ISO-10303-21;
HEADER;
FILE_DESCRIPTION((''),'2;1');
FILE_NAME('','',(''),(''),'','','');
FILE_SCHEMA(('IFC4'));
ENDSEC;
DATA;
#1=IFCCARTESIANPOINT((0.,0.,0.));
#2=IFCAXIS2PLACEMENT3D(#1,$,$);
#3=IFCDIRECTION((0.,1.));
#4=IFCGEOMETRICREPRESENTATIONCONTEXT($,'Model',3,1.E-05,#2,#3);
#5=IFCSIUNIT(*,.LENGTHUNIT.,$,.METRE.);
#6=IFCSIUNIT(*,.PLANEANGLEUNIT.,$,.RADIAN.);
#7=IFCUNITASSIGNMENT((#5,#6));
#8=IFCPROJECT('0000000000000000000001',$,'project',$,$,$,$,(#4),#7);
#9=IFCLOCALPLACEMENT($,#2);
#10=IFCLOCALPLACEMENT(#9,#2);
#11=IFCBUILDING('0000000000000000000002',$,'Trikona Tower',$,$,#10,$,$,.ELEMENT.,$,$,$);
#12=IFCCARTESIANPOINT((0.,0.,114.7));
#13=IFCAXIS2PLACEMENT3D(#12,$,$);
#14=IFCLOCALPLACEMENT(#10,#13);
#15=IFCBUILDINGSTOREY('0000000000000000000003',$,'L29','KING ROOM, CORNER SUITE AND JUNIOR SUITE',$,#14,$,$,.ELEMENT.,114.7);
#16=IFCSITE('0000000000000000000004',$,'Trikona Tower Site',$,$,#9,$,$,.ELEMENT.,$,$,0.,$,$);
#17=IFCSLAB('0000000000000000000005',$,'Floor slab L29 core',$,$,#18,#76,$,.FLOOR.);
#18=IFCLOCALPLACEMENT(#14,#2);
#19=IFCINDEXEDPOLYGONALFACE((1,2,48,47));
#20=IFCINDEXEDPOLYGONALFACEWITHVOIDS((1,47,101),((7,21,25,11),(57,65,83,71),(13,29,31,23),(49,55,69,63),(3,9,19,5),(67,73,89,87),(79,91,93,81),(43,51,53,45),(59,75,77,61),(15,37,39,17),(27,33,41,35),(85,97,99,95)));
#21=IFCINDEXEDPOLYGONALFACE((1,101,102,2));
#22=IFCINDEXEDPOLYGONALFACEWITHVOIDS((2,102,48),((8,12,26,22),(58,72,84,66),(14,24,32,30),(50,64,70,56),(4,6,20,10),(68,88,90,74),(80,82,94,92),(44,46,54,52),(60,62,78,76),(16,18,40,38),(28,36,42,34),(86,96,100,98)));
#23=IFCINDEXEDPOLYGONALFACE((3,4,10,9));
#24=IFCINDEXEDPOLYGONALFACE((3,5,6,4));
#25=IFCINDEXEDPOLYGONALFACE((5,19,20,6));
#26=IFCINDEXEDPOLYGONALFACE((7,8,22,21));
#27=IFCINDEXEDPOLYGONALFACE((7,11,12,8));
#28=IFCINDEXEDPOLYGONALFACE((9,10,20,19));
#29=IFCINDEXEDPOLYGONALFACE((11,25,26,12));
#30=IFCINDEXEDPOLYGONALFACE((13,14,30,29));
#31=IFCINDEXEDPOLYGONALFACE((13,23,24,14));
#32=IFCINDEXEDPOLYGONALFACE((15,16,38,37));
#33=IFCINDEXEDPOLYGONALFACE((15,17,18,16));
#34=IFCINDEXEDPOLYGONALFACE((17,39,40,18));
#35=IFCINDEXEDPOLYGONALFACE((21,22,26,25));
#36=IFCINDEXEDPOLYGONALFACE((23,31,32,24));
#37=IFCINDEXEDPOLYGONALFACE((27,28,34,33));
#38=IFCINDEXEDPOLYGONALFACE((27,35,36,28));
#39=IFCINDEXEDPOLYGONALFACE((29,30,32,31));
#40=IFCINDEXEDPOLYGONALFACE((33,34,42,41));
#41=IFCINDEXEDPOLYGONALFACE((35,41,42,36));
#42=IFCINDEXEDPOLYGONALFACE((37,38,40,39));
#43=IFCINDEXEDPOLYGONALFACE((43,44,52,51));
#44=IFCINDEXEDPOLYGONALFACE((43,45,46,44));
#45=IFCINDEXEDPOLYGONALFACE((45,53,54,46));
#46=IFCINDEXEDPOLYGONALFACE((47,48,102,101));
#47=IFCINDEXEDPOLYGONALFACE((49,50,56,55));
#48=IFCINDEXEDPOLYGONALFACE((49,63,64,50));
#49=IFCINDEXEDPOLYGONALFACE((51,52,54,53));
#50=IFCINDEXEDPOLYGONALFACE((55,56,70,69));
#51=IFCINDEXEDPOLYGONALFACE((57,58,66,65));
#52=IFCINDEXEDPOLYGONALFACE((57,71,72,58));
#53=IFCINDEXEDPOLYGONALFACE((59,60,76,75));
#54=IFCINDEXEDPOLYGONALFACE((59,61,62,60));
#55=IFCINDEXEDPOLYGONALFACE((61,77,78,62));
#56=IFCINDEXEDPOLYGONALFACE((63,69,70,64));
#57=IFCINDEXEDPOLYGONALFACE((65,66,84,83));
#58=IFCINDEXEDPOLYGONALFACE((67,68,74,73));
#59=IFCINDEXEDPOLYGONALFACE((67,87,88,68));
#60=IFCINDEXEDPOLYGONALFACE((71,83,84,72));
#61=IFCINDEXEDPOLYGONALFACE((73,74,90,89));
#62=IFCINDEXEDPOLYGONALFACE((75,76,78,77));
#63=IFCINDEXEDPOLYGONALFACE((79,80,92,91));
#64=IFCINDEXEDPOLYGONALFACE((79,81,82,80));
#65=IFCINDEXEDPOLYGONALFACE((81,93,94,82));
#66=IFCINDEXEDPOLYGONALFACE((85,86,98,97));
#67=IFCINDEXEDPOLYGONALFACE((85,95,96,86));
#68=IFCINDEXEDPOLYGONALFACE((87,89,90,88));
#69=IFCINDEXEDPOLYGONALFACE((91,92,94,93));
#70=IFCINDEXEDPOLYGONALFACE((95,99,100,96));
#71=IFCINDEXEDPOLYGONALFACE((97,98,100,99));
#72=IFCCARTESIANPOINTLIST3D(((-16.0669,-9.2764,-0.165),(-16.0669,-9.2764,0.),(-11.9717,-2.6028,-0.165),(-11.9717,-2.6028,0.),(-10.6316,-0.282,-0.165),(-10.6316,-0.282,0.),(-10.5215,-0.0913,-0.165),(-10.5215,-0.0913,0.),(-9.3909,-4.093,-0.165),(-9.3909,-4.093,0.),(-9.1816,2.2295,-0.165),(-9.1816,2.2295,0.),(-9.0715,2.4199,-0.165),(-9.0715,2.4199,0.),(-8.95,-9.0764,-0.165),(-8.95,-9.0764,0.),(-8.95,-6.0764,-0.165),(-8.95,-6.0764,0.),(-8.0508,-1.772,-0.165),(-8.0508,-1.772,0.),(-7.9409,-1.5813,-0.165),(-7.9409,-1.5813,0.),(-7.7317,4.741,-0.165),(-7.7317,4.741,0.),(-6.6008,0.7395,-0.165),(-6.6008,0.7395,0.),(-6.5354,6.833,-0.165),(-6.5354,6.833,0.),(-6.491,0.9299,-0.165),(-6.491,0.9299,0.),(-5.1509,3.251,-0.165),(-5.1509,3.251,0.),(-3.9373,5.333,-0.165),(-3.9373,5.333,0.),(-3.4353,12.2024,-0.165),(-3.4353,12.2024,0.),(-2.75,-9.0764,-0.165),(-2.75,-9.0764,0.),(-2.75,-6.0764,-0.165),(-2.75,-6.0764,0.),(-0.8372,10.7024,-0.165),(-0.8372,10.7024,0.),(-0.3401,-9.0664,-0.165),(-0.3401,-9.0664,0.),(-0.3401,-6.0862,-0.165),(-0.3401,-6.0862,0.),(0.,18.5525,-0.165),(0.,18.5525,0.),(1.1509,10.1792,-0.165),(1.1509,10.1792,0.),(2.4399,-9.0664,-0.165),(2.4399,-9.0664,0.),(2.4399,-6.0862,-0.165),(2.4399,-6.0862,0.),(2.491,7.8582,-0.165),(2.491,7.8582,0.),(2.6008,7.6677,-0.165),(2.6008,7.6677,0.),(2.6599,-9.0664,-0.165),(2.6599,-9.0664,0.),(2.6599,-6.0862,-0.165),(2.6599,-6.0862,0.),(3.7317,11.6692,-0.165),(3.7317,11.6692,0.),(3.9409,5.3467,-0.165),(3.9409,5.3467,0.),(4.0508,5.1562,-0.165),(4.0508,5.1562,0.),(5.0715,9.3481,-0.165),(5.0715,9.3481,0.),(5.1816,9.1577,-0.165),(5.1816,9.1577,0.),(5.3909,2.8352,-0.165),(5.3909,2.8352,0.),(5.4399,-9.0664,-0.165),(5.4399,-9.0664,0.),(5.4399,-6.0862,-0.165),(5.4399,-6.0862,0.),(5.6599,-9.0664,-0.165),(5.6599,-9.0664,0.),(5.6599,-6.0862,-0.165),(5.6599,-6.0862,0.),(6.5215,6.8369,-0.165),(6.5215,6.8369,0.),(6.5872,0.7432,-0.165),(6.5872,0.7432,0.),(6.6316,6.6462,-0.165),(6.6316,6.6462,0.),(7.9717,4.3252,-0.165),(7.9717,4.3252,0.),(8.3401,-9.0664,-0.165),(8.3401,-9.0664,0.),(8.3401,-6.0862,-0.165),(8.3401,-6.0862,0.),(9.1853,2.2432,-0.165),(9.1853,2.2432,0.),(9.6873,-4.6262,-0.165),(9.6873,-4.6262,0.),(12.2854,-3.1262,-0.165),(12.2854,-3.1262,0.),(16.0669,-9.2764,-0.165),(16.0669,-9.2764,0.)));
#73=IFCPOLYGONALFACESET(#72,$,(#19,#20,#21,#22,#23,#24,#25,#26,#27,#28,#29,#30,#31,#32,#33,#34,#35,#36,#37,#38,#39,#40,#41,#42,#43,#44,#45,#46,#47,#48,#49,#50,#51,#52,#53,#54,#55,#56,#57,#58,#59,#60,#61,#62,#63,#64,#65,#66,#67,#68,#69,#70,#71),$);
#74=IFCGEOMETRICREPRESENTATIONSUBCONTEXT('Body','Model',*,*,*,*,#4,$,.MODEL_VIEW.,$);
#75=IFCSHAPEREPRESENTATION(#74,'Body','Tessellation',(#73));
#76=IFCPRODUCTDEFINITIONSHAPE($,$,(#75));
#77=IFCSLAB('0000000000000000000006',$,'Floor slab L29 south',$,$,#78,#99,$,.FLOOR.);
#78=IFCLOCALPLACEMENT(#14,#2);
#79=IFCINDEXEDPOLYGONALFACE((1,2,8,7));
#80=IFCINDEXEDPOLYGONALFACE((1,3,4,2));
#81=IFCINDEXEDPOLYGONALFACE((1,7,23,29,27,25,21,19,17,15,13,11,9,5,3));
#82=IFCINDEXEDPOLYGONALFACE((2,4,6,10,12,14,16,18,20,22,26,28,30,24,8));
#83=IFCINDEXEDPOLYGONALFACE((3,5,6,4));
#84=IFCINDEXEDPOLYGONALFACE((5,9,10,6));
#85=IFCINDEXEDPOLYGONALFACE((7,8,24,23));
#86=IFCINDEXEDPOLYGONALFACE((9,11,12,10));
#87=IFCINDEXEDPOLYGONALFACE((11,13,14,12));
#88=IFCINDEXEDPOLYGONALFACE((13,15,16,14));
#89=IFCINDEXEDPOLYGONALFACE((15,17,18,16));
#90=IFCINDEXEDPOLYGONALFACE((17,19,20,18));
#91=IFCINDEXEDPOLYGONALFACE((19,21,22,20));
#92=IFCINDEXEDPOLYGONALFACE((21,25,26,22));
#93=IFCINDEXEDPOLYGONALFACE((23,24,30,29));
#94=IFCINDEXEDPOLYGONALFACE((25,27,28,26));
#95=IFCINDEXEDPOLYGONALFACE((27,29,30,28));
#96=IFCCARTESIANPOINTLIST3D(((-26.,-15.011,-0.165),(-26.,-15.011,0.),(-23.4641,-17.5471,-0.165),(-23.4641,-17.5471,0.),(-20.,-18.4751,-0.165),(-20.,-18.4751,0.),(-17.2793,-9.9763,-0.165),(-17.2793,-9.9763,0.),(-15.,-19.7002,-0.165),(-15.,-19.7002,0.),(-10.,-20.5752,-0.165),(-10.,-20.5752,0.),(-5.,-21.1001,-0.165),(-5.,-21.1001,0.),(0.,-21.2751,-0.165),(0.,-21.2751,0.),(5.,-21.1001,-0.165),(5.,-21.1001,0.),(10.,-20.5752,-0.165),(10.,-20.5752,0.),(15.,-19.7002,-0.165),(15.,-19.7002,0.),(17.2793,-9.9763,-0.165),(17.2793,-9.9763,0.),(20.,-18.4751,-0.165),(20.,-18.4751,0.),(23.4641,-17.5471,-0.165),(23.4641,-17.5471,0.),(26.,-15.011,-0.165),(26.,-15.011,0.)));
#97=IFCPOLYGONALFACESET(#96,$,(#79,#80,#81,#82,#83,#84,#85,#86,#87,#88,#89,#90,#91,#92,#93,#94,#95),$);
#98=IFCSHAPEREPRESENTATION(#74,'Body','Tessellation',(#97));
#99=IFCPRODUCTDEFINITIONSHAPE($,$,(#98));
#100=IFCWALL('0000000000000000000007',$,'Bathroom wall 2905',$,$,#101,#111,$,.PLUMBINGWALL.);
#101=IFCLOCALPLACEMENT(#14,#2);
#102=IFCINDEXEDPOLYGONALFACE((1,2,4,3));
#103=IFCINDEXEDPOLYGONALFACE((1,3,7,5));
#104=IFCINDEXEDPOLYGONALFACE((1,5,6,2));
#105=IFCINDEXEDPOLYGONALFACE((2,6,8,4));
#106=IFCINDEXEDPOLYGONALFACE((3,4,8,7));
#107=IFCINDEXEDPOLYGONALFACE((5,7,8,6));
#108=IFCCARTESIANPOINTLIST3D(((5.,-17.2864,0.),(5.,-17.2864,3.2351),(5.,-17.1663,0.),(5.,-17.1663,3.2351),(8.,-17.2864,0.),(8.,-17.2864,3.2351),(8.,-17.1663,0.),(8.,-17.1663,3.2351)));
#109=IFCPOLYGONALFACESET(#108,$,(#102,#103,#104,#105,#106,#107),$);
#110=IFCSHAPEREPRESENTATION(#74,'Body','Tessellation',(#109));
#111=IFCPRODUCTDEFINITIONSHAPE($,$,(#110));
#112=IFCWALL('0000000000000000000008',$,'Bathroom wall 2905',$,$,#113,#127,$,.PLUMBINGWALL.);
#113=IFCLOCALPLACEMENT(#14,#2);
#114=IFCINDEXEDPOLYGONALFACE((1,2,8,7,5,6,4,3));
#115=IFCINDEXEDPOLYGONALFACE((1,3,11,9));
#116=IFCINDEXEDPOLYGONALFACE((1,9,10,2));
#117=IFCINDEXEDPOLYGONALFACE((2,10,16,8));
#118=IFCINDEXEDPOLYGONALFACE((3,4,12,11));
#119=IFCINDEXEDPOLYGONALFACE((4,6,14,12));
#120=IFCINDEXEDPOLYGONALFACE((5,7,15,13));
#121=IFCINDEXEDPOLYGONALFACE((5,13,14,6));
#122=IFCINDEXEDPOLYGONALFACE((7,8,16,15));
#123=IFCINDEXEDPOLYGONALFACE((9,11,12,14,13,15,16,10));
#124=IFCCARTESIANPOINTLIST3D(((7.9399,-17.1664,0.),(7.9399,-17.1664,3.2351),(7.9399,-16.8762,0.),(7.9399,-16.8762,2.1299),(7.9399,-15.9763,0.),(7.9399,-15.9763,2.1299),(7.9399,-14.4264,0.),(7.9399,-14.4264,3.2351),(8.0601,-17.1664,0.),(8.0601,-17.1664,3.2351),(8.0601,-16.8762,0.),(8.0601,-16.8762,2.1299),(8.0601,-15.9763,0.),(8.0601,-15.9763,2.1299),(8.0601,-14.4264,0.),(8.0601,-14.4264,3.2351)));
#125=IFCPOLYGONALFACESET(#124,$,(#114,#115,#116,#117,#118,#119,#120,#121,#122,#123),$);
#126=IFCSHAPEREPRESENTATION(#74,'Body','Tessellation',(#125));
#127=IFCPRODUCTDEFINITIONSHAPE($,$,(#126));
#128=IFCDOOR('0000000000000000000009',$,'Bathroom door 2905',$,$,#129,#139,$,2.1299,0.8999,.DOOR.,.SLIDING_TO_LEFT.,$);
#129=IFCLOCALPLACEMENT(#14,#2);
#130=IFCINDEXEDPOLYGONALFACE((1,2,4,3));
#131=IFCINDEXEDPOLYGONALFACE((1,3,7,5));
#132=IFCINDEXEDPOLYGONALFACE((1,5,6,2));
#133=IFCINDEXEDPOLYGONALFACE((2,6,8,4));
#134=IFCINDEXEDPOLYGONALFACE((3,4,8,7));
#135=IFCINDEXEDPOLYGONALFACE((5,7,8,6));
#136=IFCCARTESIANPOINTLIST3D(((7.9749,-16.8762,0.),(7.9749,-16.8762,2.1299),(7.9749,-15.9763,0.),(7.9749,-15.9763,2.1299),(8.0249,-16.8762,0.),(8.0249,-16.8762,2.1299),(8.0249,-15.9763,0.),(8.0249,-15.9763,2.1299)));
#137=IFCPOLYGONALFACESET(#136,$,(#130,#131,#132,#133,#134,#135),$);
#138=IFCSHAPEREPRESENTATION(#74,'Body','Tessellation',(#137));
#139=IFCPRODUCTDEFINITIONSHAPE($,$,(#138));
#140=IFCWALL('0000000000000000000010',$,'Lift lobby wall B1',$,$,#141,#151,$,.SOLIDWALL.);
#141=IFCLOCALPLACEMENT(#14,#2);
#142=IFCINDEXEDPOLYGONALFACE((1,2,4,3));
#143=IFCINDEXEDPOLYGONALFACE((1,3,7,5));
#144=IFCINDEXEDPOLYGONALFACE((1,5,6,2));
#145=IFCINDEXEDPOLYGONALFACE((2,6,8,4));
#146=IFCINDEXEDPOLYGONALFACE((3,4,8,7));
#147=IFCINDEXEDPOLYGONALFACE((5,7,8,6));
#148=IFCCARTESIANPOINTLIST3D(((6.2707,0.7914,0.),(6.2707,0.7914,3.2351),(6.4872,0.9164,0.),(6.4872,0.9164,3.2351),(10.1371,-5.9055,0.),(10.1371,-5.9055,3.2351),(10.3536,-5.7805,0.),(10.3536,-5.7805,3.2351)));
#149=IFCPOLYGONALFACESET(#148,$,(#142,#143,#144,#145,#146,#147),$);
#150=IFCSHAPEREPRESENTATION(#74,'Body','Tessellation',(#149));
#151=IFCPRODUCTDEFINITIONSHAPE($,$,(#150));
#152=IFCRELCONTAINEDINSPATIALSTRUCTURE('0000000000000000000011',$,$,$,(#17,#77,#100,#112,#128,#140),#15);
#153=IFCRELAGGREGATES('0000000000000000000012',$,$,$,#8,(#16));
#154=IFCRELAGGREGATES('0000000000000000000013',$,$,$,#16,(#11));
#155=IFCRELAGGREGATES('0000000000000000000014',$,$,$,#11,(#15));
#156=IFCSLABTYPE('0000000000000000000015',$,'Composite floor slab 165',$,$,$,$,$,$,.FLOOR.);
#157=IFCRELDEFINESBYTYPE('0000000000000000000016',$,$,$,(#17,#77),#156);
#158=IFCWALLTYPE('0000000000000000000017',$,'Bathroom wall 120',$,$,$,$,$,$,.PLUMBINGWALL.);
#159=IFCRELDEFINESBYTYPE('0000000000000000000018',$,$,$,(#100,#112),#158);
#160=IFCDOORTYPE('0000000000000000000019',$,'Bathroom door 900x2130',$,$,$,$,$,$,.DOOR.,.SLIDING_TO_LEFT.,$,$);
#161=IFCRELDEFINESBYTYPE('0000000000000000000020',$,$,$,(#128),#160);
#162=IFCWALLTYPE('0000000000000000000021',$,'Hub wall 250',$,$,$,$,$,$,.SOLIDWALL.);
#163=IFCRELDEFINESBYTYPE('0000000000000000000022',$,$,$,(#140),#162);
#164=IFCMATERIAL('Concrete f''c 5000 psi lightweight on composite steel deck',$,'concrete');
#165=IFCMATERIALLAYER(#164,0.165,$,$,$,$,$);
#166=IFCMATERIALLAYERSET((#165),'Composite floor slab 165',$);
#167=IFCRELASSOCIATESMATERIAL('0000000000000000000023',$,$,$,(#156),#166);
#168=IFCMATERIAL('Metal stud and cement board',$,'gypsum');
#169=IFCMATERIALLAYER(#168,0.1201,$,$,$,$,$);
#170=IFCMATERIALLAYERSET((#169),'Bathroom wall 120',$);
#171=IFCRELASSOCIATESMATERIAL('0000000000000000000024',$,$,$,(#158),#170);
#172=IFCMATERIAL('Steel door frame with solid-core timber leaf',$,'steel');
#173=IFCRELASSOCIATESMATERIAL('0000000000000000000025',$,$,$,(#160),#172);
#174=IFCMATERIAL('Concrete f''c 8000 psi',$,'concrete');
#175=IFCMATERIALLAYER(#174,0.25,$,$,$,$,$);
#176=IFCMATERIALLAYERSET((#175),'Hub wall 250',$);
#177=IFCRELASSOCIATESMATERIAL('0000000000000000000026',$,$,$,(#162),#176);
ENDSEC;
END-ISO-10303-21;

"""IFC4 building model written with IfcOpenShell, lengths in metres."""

from ifc_helpers import new_model, si_unit, direction, frame, frame_2d, origin, place, context, subcontext, project, spatial, polyline, rectangle, outline, extrude, material, layer, layer_set, type_object, element, fill, save


model = new_model("IFC4")

# Units and contexts
model_context = context("Model", 3, precision=1e-05, world=origin(), true_north=direction((0.0, 1.0)))
body_context = subcontext(model_context, "Body", "Model", "MODEL_VIEW")
ifc_project = project(units=[si_unit("LENGTHUNIT", "METRE"), si_unit("PLANEANGLEUNIT", "RADIAN")], contexts=[model_context])

# Site, building, storey
site_placement = place(None, origin())
site = spatial("IfcSite", under=ifc_project, at=site_placement, Name="Trikona Tower Site", CompositionType="ELEMENT", RefElevation=0.0)
building_placement = place(site_placement, origin())
building = spatial("IfcBuilding", under=site, at=building_placement, Name="Trikona Tower", CompositionType="ELEMENT")
storey_placement = place(building_placement, frame((0.0, 0.0, 114.7)))
storey = spatial("IfcBuildingStorey", under=building, at=storey_placement, Name="L29", Description="KING ROOM, CORNER SUITE AND JUNIOR SUITE", CompositionType="ELEMENT", Elevation=114.7)

# Slabs
ifc_material_1 = material(Name="Concrete f'c 5000 psi lightweight on composite steel deck", Category="concrete")
ifc_layer_1 = layer(ifc_material_1, 0.165)
ifc_layer_set_1 = layer_set([ifc_layer_1], Name="Composite floor slab 165")
slab_type = type_object("IfcSlabType", Name="Composite floor slab 165", PredefinedType="FLOOR", material=ifc_layer_set_1)
slab_1_placement = place(storey_placement, frame((0.0, 0.0, -0.165)))
element("IfcSlab", 1, at=slab_1_placement, inside=storey, type_object=slab_type, Name="Floor slab L29 core", PredefinedType="FLOOR", context=body_context, shape_type="SweptSolid", body=[
    extrude(outline(polyline([(-16.0669, -9.2764), (16.0669, -9.2764), (0.0, 18.5525), (-16.0669, -9.2764)]), holes=[polyline([(12.2854, -3.1262), (9.1853, 2.2432), (6.5872, 0.7432), (9.6873, -4.6262), (12.2854, -3.1262)]), polyline([(8.3401, -9.0664), (8.3401, -6.0862), (5.6599, -6.0862), (5.6599, -9.0664), (8.3401, -9.0664)]), polyline([(5.3909, 2.8352), (7.9717, 4.3252), (6.6316, 6.6462), (4.0508, 5.1562), (5.3909, 2.8352)]), polyline([(2.6008, 7.6677), (3.9409, 5.3467), (6.5215, 6.8369), (5.1816, 9.1577), (2.6008, 7.6677)]), polyline([(5.4399, -6.0862), (2.6599, -6.0862), (2.6599, -9.0664), (5.4399, -9.0664), (5.4399, -6.0862)]), polyline([(3.7317, 11.6692), (1.1509, 10.1792), (2.491, 7.8582), (5.0715, 9.3481), (3.7317, 11.6692)]), polyline([(-0.3401, -6.0862), (-0.3401, -9.0664), (2.4399, -9.0664), (2.4399, -6.0862), (-0.3401, -6.0862)]), polyline([(-3.4353, 12.2024), (-6.5354, 6.833), (-3.9373, 5.333), (-0.8372, 10.7024), (-3.4353, 12.2024)]), polyline([(-8.95, -9.0764), (-2.75, -9.0764), (-2.75, -6.0764), (-8.95, -6.0764), (-8.95, -9.0764)]), polyline([(-5.1509, 3.251), (-7.7317, 4.741), (-9.0715, 2.4199), (-6.491, 0.9299), (-5.1509, 3.251)]), polyline([(-7.9409, -1.5813), (-6.6008, 0.7395), (-9.1816, 2.2295), (-10.5215, -0.0913), (-7.9409, -1.5813)]), polyline([(-11.9717, -2.6028), (-9.3909, -4.093), (-8.0508, -1.772), (-10.6316, -0.282), (-11.9717, -2.6028)])]), origin(), (0.0, 0.0, 1.0), 0.165),
])
slab_2_placement = place(storey_placement, frame((0.0, 0.0, -0.165)))
element("IfcSlab", 2, at=slab_2_placement, inside=storey, type_object=slab_type, Name="Floor slab L29 south", PredefinedType="FLOOR", context=body_context, shape_type="SweptSolid", body=[
    extrude(outline(polyline([(23.4641, -17.5471), (26.0, -15.011), (17.2793, -9.9763), (-17.2793, -9.9763), (-26.0, -15.011), (-23.4641, -17.5471), (-20.0, -18.4751), (-15.0, -19.7002), (-10.0, -20.5752), (-5.0, -21.1001), (0.0, -21.2751), (5.0, -21.1001), (10.0, -20.5752), (15.0, -19.7002), (20.0, -18.4751), (23.4641, -17.5471)])), origin(), (0.0, 0.0, 1.0), 0.165),
])

# Wall
ifc_material_2 = material(Name="Metal stud and cement board", Category="gypsum")
ifc_layer_2 = layer(ifc_material_2, 0.1201)
ifc_layer_set_2 = layer_set([ifc_layer_2], Name="Bathroom wall 120")
wall_type_1 = type_object("IfcWallType", Name="Bathroom wall 120", PredefinedType="PLUMBINGWALL", material=ifc_layer_set_2)
wall_1_placement = place(storey_placement, frame((5.0, -17.2263, 0.0), z_axis=(0.0, 0.0, 1.0), x_axis=(1.0, 0.0, 0.0)))
element("IfcWall", 3, at=wall_1_placement, inside=storey, type_object=wall_type_1, Name="Bathroom wall 2905", PredefinedType="PLUMBINGWALL", context=body_context, shape_type="SweptSolid", body=[
    extrude(rectangle(XDim=3.0, YDim=0.1201, at=frame_2d((1.5, 0.0))), origin(), (0.0, 0.0, 1.0), 3.2351),
])

# Wall, opening, door
wall_2_placement = place(storey_placement, frame((8.0, -14.4263, 0.0), z_axis=(0.0, 0.0, 1.0), x_axis=(0.0, -1.0, 0.0)))
wall_2 = element("IfcWall", 4, at=wall_2_placement, inside=storey, type_object=wall_type_1, Name="Bathroom wall 2905", PredefinedType="PLUMBINGWALL", context=body_context, shape_type="SweptSolid", body=[
    extrude(rectangle(XDim=2.74, YDim=0.1201, at=frame_2d((1.3701, 0.0))), origin(), (0.0, 0.0, 1.0), 3.2351),
])
opening_1_placement = place(wall_2_placement, frame((1.55, 0.0, 0.0)))
opening_1 = element("IfcOpeningElement", 5, at=opening_1_placement, cuts=wall_2, PredefinedType="OPENING", context=body_context, shape_type="SweptSolid", body=[
    extrude(rectangle(XDim=0.8999, YDim=2.1299, at=frame_2d((0.45, 1.0649))), frame((0.0, 0.0701, 0.0), z_axis=(0.0, -1.0, 0.0), x_axis=(1.0, 0.0, 0.0)), (0.0, 0.0, 1.0), 0.1401),
])
ifc_material_3 = material(Name="Steel door frame with solid-core timber leaf", Category="steel")
door_type_1 = type_object("IfcDoorType", Name="Bathroom door 900x2130", OperationType="SLIDING_TO_LEFT", PredefinedType="DOOR", material=ifc_material_3)
door_1_placement = place(opening_1_placement, origin())
door_1 = element("IfcDoor", 6, at=door_1_placement, inside=storey, type_object=door_type_1, Name="Bathroom door 2905", OperationType="SLIDING_TO_LEFT", OverallHeight=2.1299, OverallWidth=0.8999, PredefinedType="DOOR", context=body_context, shape_type="SweptSolid", body=[
    extrude(rectangle(XDim=0.8999, YDim=2.1299, at=frame_2d((0.45, 1.0649))), frame((0.0, 0.0249, 0.0), z_axis=(0.0, -1.0, 0.0), x_axis=(1.0, 0.0, 0.0)), (0.0, 0.0, 1.0), 0.05),
])
fill(opening_1, door_1)

# Wall
ifc_material_4 = material(Name="Concrete f'c 8000 psi", Category="concrete")
ifc_layer_3 = layer(ifc_material_4, 0.25)
ifc_layer_set_3 = layer_set([ifc_layer_3], Name="Hub wall 250")
wall_type_2 = type_object("IfcWallType", Name="Hub wall 250", PredefinedType="SOLIDWALL", material=ifc_layer_set_3)
wall_3_placement = place(storey_placement, frame((10.2454, -5.843, 0.0), z_axis=(0.0, 0.0, 1.0), x_axis=(-0.499993, 0.866029, 0.0)))
element("IfcWall", 7, at=wall_3_placement, inside=storey, type_object=wall_type_2, Name="Lift lobby wall B1", PredefinedType="SOLIDWALL", context=body_context, shape_type="SweptSolid", body=[
    extrude(rectangle(XDim=7.7329, YDim=0.25, at=frame_2d((3.8665, 0.0))), origin(), (0.0, 0.0, 1.0), 3.2351),
])

save(model, "model.ifc")
